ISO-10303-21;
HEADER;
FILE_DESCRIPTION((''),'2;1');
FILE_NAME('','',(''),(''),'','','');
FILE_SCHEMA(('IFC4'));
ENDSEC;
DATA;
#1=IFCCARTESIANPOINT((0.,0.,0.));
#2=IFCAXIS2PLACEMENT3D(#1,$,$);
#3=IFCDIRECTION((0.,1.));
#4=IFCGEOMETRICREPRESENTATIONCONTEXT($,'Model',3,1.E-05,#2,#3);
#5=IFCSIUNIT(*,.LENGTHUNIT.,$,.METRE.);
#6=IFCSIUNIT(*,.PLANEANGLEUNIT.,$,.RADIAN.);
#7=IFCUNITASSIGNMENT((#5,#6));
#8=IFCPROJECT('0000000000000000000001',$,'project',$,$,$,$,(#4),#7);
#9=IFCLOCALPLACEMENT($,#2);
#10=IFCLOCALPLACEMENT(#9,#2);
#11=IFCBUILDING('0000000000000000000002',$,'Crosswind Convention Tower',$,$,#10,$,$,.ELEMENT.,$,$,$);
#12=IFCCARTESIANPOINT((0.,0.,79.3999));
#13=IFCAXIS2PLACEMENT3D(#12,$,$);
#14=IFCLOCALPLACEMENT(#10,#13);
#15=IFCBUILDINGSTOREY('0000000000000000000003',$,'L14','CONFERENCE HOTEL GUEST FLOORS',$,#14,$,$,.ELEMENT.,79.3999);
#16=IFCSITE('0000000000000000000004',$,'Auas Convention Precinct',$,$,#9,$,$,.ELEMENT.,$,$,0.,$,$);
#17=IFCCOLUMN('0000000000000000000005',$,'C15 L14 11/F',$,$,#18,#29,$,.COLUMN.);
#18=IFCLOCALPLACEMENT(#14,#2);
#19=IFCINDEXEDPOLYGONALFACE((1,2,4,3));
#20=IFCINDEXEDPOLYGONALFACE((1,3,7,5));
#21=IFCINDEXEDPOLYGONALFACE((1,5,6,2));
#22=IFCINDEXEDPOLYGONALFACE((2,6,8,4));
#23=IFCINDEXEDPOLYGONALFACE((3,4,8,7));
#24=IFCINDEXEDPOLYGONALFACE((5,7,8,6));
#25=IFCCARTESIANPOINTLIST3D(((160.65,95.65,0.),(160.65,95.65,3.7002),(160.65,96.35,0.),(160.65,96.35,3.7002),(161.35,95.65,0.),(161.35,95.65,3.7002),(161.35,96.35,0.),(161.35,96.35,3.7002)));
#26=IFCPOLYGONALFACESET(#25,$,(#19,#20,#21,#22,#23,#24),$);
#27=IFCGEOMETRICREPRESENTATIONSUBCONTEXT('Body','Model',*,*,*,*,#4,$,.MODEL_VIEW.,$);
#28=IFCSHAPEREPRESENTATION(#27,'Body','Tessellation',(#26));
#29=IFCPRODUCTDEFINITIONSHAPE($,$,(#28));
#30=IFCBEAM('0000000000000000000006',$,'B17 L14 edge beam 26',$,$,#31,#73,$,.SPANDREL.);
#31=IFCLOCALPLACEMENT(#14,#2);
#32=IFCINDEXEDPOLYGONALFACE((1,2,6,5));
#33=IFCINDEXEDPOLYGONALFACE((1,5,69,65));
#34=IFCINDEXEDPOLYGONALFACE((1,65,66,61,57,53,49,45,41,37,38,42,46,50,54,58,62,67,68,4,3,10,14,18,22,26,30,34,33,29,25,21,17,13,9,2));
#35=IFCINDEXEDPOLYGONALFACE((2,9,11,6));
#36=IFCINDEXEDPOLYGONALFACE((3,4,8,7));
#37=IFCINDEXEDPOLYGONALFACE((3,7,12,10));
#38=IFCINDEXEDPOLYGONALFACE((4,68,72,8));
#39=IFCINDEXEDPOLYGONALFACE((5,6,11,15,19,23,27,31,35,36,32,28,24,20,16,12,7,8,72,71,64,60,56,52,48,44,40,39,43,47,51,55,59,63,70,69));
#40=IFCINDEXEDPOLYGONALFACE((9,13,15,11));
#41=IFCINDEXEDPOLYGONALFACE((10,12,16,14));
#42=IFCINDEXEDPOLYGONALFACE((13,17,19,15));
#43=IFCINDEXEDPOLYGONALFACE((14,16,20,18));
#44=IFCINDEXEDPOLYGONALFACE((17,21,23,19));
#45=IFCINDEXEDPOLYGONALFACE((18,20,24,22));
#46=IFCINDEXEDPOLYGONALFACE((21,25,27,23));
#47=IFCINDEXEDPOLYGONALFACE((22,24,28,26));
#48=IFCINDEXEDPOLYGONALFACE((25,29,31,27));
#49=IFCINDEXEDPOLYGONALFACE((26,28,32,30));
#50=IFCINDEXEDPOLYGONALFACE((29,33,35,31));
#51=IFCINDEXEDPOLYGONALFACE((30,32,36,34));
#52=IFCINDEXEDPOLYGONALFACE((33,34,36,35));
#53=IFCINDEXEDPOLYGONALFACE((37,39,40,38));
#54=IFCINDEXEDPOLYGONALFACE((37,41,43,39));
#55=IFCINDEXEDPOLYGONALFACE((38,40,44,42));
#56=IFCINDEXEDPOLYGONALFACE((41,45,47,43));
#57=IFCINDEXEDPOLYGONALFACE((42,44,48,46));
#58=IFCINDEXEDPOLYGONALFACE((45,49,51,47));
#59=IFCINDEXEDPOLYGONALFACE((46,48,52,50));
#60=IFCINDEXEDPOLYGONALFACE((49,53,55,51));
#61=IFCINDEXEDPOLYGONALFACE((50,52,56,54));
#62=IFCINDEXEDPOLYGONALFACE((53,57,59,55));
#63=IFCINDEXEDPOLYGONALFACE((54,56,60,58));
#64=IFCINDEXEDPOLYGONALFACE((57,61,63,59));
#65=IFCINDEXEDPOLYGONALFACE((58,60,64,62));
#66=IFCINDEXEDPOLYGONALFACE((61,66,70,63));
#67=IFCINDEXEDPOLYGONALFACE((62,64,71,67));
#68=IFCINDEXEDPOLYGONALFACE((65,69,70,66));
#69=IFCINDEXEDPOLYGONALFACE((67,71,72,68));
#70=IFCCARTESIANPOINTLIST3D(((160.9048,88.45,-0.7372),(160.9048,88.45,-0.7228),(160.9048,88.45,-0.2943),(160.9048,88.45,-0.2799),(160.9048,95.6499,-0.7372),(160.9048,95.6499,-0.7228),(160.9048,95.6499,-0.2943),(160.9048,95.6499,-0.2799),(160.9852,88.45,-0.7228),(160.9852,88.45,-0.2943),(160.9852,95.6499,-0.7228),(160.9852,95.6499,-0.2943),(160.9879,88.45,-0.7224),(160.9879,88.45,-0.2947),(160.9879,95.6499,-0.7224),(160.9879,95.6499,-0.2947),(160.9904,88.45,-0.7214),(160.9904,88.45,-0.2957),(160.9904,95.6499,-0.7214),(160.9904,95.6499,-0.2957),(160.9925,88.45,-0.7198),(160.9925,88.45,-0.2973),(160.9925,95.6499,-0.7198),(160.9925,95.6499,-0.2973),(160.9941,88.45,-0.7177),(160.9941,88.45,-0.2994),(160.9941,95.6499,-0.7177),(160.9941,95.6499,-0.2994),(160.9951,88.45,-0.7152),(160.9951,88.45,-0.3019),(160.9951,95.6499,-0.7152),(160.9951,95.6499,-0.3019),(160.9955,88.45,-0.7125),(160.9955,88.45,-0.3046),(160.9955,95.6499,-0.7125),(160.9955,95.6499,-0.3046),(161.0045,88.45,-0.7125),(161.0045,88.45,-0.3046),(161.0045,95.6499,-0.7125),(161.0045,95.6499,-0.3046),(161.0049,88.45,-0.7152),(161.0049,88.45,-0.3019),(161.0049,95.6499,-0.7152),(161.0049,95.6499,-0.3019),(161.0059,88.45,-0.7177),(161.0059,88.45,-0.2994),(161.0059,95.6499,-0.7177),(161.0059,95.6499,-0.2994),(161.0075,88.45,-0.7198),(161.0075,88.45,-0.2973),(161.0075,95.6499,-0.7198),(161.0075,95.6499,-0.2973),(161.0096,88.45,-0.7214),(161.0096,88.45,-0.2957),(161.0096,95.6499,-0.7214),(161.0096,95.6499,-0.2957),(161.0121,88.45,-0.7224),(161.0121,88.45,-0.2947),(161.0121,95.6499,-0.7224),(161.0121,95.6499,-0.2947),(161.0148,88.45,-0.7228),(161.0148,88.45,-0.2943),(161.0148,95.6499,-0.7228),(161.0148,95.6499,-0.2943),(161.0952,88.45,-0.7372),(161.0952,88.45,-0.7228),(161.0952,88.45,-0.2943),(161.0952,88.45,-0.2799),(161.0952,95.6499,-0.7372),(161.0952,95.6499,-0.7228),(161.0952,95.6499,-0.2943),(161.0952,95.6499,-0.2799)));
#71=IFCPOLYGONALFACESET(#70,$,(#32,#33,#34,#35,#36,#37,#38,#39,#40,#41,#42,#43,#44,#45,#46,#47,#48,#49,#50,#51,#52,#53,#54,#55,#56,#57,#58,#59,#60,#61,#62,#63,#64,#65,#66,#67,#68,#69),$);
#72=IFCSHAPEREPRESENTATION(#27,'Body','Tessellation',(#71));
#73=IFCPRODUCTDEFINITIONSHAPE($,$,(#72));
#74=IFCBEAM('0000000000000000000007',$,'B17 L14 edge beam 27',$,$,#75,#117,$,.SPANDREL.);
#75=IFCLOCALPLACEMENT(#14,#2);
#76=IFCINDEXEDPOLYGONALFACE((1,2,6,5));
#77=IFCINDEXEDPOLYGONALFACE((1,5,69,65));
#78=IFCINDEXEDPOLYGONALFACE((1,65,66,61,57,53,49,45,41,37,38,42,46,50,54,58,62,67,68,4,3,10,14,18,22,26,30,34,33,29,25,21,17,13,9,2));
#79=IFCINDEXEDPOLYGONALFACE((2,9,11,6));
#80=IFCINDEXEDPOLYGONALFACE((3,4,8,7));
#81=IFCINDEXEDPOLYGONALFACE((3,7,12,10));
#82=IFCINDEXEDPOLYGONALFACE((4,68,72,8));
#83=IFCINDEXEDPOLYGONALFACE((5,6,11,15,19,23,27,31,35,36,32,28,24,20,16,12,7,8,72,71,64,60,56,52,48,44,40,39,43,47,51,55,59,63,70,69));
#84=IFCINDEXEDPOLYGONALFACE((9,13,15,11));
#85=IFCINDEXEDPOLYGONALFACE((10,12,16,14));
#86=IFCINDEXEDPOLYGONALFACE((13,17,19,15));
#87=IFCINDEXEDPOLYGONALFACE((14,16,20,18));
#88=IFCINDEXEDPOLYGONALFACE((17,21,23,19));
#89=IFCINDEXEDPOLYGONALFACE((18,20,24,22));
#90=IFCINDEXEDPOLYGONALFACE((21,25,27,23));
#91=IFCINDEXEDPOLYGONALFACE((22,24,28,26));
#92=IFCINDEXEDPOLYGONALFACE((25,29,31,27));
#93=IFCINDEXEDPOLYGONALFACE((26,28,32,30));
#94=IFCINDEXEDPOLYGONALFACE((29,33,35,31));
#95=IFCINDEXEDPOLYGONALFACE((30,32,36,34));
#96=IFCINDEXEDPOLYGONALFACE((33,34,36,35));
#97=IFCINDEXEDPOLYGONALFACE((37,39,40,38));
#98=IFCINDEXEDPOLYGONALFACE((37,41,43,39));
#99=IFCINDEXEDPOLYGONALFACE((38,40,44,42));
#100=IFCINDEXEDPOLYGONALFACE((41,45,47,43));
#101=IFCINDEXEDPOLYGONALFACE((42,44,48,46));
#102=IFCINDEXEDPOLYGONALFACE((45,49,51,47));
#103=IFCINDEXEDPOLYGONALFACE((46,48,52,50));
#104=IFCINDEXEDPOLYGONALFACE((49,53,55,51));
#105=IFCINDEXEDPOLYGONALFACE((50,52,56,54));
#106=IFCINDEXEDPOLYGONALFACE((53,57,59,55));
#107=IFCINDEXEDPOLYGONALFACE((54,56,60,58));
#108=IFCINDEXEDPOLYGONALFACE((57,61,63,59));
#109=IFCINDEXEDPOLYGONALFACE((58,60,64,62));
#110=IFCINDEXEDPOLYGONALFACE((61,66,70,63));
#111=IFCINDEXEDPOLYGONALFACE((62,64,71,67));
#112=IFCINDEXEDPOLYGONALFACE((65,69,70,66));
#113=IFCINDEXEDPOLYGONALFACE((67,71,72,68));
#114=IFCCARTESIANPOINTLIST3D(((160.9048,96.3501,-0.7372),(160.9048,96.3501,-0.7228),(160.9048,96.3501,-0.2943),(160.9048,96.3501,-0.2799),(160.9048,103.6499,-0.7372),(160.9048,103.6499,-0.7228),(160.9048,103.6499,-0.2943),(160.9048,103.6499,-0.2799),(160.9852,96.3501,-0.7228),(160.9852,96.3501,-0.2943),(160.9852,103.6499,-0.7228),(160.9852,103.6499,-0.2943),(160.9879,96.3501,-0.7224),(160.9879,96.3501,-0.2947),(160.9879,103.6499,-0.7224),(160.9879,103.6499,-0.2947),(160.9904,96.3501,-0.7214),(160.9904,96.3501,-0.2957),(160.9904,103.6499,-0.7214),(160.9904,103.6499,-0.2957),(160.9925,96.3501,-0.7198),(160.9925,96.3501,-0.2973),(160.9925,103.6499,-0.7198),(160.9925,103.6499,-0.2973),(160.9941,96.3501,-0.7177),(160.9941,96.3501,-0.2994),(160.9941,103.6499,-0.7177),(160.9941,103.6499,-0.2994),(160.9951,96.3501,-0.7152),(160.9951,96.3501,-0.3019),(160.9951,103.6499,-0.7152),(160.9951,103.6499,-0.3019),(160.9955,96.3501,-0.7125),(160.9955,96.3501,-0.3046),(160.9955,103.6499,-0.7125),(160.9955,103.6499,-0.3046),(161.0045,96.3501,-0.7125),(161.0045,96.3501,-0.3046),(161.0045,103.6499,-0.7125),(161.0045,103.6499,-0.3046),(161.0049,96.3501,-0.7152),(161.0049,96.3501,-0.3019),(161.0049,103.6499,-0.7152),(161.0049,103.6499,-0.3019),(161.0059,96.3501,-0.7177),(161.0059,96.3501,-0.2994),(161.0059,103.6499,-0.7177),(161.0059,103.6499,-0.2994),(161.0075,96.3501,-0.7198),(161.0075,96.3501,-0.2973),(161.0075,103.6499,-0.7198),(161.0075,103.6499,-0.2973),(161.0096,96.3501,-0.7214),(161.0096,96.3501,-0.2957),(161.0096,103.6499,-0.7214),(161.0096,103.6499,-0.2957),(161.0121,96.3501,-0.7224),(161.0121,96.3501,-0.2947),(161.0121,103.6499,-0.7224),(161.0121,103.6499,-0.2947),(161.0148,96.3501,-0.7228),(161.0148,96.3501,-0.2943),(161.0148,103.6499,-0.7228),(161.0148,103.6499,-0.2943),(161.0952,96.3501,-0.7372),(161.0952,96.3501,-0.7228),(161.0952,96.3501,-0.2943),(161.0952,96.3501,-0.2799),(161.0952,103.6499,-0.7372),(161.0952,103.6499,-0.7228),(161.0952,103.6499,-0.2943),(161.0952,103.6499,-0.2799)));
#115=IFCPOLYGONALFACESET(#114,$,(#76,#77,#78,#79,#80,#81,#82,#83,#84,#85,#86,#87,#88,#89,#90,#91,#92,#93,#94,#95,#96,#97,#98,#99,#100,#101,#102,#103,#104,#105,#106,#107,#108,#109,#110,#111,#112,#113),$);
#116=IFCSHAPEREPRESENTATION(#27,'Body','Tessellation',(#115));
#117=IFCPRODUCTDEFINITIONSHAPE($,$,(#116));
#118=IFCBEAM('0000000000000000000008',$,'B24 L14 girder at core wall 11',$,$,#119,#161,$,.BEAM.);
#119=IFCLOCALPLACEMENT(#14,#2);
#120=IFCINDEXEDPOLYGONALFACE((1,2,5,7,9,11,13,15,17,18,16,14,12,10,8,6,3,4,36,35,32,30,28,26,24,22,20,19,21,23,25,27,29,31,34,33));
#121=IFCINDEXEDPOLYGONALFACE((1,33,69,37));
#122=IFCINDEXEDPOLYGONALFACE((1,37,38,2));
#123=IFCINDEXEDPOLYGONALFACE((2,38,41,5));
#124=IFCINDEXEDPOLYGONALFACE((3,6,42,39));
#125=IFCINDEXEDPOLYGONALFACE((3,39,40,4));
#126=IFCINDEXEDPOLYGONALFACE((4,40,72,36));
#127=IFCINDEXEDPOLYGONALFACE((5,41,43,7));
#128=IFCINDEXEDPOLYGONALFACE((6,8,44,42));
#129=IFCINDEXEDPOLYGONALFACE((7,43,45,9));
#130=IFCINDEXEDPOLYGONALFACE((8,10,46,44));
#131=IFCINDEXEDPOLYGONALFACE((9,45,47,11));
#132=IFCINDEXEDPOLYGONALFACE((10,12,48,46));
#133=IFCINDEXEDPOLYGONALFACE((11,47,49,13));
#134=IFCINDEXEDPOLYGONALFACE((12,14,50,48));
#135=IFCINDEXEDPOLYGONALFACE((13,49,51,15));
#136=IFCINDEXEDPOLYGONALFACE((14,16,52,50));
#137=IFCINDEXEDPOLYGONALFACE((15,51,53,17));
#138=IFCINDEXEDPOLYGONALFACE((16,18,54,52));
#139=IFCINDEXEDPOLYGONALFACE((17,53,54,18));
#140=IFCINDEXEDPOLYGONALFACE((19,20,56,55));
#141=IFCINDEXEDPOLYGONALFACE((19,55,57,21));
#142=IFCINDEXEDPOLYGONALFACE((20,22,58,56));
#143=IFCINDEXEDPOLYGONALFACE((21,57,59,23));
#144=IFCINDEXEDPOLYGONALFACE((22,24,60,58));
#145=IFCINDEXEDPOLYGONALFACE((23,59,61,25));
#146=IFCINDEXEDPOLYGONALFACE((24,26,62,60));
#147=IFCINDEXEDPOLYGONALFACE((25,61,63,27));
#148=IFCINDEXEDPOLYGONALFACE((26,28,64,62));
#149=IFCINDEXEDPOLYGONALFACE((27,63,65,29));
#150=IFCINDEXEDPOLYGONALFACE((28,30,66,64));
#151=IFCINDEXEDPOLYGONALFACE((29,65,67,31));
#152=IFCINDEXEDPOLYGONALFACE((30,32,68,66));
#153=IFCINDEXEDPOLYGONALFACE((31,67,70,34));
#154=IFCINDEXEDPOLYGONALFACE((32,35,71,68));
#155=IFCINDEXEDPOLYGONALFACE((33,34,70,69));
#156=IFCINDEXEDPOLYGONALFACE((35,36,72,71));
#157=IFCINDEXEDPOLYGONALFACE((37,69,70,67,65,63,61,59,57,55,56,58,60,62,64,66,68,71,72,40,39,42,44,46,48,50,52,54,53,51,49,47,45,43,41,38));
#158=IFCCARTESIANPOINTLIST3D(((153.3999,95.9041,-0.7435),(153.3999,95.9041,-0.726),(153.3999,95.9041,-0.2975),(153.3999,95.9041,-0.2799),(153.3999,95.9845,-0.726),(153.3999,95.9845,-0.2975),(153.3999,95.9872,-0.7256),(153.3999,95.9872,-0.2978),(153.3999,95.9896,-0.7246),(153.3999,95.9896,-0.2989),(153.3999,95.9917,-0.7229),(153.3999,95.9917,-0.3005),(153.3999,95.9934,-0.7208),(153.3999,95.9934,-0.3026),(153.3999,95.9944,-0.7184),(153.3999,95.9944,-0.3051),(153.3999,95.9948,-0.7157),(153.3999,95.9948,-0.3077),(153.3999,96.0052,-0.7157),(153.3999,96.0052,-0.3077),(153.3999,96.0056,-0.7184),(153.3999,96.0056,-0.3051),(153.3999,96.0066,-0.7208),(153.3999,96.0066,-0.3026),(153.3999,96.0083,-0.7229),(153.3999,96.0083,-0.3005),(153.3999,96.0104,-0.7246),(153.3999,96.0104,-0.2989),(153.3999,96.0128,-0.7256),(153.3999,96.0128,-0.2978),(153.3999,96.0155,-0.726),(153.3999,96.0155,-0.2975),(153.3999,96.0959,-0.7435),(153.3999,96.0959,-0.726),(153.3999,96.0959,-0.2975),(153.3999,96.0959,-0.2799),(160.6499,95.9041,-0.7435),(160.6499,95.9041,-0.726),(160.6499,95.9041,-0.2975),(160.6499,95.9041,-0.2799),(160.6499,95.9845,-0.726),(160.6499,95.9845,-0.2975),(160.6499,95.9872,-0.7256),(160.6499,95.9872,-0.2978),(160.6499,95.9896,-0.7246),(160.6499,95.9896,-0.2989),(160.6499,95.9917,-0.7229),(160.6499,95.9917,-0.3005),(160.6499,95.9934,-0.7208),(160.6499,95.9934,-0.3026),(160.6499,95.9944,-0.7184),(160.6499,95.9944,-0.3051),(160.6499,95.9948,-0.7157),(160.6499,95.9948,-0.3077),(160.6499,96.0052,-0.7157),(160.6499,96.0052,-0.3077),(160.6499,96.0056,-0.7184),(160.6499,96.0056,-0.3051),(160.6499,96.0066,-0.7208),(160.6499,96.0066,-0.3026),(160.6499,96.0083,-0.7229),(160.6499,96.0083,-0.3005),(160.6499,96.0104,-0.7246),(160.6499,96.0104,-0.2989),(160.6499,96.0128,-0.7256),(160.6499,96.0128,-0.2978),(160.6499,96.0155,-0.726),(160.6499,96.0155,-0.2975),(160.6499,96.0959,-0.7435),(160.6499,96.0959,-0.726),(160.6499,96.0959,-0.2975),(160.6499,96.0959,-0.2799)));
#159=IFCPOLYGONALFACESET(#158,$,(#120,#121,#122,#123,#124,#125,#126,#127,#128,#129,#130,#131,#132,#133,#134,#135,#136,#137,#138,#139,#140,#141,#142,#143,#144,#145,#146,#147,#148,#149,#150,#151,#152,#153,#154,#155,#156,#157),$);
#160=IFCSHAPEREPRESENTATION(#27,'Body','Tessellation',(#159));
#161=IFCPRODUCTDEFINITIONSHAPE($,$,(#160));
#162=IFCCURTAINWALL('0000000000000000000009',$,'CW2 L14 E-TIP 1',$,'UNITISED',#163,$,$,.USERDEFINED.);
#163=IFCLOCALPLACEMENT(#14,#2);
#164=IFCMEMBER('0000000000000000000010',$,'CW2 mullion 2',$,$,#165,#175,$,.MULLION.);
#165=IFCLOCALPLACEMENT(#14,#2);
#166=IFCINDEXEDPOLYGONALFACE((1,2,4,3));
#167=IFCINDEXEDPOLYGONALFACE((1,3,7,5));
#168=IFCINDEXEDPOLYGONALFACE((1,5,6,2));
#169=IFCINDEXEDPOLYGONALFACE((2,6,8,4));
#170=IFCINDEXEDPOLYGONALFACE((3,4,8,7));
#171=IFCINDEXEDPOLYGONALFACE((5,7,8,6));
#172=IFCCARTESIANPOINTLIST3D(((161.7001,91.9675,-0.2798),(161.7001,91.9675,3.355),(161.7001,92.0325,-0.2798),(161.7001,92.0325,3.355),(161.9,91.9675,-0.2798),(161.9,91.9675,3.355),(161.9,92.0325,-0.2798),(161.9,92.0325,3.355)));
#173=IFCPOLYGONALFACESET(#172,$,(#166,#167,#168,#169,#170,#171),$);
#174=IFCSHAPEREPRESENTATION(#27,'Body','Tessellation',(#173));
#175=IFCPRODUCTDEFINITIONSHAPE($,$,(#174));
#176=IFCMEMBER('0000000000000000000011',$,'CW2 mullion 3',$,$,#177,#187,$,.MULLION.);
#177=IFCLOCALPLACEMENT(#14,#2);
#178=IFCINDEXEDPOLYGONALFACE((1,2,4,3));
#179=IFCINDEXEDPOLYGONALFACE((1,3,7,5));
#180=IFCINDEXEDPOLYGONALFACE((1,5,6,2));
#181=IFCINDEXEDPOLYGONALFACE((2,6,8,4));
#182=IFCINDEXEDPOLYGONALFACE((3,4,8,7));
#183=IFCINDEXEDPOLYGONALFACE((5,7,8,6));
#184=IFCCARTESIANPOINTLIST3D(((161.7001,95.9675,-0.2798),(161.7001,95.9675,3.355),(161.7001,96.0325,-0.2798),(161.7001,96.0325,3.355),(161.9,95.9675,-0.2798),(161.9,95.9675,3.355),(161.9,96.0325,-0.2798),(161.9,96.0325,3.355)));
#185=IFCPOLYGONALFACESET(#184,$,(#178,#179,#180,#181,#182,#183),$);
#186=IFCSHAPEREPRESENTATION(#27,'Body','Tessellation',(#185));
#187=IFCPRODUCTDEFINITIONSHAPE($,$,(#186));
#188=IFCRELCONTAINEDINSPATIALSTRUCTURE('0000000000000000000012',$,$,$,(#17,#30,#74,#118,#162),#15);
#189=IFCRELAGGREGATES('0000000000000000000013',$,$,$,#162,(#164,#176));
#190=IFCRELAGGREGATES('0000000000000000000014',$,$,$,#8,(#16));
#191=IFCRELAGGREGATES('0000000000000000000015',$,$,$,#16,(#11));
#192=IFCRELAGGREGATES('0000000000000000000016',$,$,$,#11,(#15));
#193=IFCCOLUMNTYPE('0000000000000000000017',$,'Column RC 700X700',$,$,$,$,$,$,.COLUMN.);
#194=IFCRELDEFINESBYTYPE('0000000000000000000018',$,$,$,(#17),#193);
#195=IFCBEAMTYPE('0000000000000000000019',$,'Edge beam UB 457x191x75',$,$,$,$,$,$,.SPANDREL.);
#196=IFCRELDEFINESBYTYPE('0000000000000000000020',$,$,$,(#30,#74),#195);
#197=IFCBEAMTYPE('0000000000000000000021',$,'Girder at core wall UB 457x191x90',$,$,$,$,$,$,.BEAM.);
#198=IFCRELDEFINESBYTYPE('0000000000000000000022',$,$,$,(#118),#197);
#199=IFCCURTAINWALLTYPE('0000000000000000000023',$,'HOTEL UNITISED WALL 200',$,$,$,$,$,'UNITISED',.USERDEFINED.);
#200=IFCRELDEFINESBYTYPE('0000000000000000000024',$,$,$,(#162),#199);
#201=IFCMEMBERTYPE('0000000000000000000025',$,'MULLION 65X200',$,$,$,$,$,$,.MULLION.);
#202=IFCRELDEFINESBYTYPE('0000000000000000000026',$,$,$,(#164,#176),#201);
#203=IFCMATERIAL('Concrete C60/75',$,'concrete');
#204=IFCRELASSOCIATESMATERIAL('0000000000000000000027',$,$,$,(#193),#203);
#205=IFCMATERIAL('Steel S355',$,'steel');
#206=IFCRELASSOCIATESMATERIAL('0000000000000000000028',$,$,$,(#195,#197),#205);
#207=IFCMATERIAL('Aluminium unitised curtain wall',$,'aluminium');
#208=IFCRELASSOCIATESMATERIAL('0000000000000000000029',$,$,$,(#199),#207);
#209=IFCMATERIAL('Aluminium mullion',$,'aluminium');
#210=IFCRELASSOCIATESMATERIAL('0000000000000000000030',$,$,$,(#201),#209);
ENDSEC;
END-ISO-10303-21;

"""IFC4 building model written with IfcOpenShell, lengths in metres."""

from ifc_helpers import new_model, si_unit, direction, frame, origin, origin_2d, place, context, subcontext, project, spatial, rectangle, i_section, extrude, material, material_profile, profile_set, type_object, element, aggregate, save


model = new_model("IFC4")

# Units and contexts
model_context = context("Model", 3, precision=1e-05, world=origin(), true_north=direction((0.0, 1.0)))
body_context = subcontext(model_context, "Body", "Model", "MODEL_VIEW")
ifc_project = project(units=[si_unit("LENGTHUNIT", "METRE"), si_unit("PLANEANGLEUNIT", "RADIAN")], contexts=[model_context])

# Site, building, storey
site_placement = place(None, origin())
site = spatial("IfcSite", under=ifc_project, at=site_placement, Name="Auas Convention Precinct", CompositionType="ELEMENT", RefElevation=0.0)
building_placement = place(site_placement, origin())
building = spatial("IfcBuilding", under=site, at=building_placement, Name="Crosswind Convention Tower", CompositionType="ELEMENT")
storey_placement = place(building_placement, frame((0.0, 0.0, 79.3999)))
storey = spatial("IfcBuildingStorey", under=building, at=storey_placement, Name="L14", Description="CONFERENCE HOTEL GUEST FLOORS", CompositionType="ELEMENT", Elevation=79.3999)

# Column
ifc_material_1 = material(Name="Concrete C60/75", Category="concrete")
ifc_material_profile_1 = material_profile(ifc_material_1, rectangle(XDim=0.7, YDim=0.7, at=origin_2d()), Name="RC 700X700")
ifc_profile_set_1 = profile_set([ifc_material_profile_1], Name="Concrete C60/75")
column_type = type_object("IfcColumnType", Name="Column RC 700X700", PredefinedType="COLUMN", material=ifc_profile_set_1)
column_placement = place(storey_placement, frame((161.0, 96.0, 0.0), z_axis=(0.0, 0.0, 1.0), x_axis=(1.0, 0.0, 0.0)))
element("IfcColumn", 1, at=column_placement, inside=storey, type_object=column_type, Name="C15 L14 11/F", PredefinedType="COLUMN", context=body_context, shape_type="SweptSolid", body=[
    extrude(rectangle(XDim=0.7, YDim=0.7, at=origin_2d()), origin(), (0.0, 0.0, 1.0), 3.7002),
])

# Beams
ifc_material_2 = material(Name="Steel S355", Category="steel")
ifc_material_profile_2 = material_profile(ifc_material_2, i_section(OverallWidth=0.1904, OverallDepth=0.4573, WebThickness=0.009, FlangeThickness=0.0144, FilletRadius=0.0103, at=origin_2d()), Name="UB 457x191x75")
ifc_profile_set_2 = profile_set([ifc_material_profile_2], Name="Steel S355")
beam_type_1 = type_object("IfcBeamType", Name="Edge beam UB 457x191x75", PredefinedType="SPANDREL", material=ifc_profile_set_2)
beam_1_placement = place(storey_placement, frame((161.0, 88.45, -0.5085), z_axis=(0.0, 1.0, 0.0), x_axis=(-1.0, 0.0, 0.0)))
element("IfcBeam", 2, at=beam_1_placement, inside=storey, type_object=beam_type_1, Name="B17 L14 edge beam 26", PredefinedType="SPANDREL", context=body_context, shape_type="SweptSolid", body=[
    extrude(i_section(OverallWidth=0.1904, OverallDepth=0.4573, WebThickness=0.009, FlangeThickness=0.0144, FilletRadius=0.0103, at=origin_2d()), origin(), (0.0, 0.0, 1.0), 7.2),
])
beam_2_placement = place(storey_placement, frame((161.0, 96.3501, -0.5085), z_axis=(0.0, 1.0, 0.0), x_axis=(-1.0, 0.0, 0.0)))
element("IfcBeam", 3, at=beam_2_placement, inside=storey, type_object=beam_type_1, Name="B17 L14 edge beam 27", PredefinedType="SPANDREL", context=body_context, shape_type="SweptSolid", body=[
    extrude(i_section(OverallWidth=0.1904, OverallDepth=0.4573, WebThickness=0.009, FlangeThickness=0.0144, FilletRadius=0.0103, at=origin_2d()), origin(), (0.0, 0.0, 1.0), 7.2998),
])
ifc_material_profile_3 = material_profile(ifc_material_2, i_section(OverallWidth=0.1919, OverallDepth=0.4636, WebThickness=0.0105, FlangeThickness=0.0176, FilletRadius=0.0103, at=origin_2d()), Name="UB 457x191x90")
ifc_profile_set_3 = profile_set([ifc_material_profile_3], Name="Steel S355")
beam_type_2 = type_object("IfcBeamType", Name="Girder at core wall UB 457x191x90", PredefinedType="BEAM", material=ifc_profile_set_3)
beam_3_placement = place(storey_placement, frame((153.3999, 96.0, -0.5117), z_axis=(1.0, 0.0, 0.0), x_axis=(0.0, 1.0, 0.0)))
element("IfcBeam", 4, at=beam_3_placement, inside=storey, type_object=beam_type_2, Name="B24 L14 girder at core wall 11", PredefinedType="BEAM", context=body_context, shape_type="SweptSolid", body=[
    extrude(i_section(OverallWidth=0.1919, OverallDepth=0.4636, WebThickness=0.0105, FlangeThickness=0.0176, FilletRadius=0.0103, at=origin_2d()), origin(), (0.0, 0.0, 1.0), 7.25),
])

# Curtain wall, members
ifc_material_3 = material(Name="Aluminium unitised curtain wall", Category="aluminium")
curtain_wall_type = type_object("IfcCurtainWallType", Name="HOTEL UNITISED WALL 200", ElementType="UNITISED", PredefinedType="USERDEFINED", material=ifc_material_3)
curtain_wall_placement = place(storey_placement, origin())
curtain_wall = element("IfcCurtainWall", 5, at=curtain_wall_placement, inside=storey, type_object=curtain_wall_type, Name="CW2 L14 E-TIP 1", ObjectType="UNITISED", PredefinedType="USERDEFINED")
ifc_material_4 = material(Name="Aluminium mullion", Category="aluminium")
ifc_material_profile_4 = material_profile(ifc_material_4, rectangle(XDim=0.2, YDim=0.0649, at=origin_2d()), Name="AL 200X65")
ifc_profile_set_4 = profile_set([ifc_material_profile_4], Name="Aluminium mullion")
member_type = type_object("IfcMemberType", Name="MULLION 65X200", PredefinedType="MULLION", material=ifc_profile_set_4)
member_1_placement = place(storey_placement, frame((161.8, 92.0, -0.2798), z_axis=(0.0, 0.0, 1.0), x_axis=(1.0, 0.0, 0.0)))
member_1 = element("IfcMember", 6, at=member_1_placement, type_object=member_type, Name="CW2 mullion 2", PredefinedType="MULLION", context=body_context, shape_type="SweptSolid", body=[
    extrude(rectangle(XDim=0.2, YDim=0.0649, at=origin_2d()), origin(), (0.0, 0.0, 1.0), 3.6348),
])
member_2_placement = place(storey_placement, frame((161.8, 96.0, -0.2798), z_axis=(0.0, 0.0, 1.0), x_axis=(1.0, 0.0, 0.0)))
member_2 = element("IfcMember", 7, at=member_2_placement, type_object=member_type, Name="CW2 mullion 3", PredefinedType="MULLION", context=body_context, shape_type="SweptSolid", body=[
    extrude(rectangle(XDim=0.2, YDim=0.0649, at=origin_2d()), origin(), (0.0, 0.0, 1.0), 3.6348),
])

aggregate(curtain_wall, [member_1, member_2])

save(model, "model.ifc")
